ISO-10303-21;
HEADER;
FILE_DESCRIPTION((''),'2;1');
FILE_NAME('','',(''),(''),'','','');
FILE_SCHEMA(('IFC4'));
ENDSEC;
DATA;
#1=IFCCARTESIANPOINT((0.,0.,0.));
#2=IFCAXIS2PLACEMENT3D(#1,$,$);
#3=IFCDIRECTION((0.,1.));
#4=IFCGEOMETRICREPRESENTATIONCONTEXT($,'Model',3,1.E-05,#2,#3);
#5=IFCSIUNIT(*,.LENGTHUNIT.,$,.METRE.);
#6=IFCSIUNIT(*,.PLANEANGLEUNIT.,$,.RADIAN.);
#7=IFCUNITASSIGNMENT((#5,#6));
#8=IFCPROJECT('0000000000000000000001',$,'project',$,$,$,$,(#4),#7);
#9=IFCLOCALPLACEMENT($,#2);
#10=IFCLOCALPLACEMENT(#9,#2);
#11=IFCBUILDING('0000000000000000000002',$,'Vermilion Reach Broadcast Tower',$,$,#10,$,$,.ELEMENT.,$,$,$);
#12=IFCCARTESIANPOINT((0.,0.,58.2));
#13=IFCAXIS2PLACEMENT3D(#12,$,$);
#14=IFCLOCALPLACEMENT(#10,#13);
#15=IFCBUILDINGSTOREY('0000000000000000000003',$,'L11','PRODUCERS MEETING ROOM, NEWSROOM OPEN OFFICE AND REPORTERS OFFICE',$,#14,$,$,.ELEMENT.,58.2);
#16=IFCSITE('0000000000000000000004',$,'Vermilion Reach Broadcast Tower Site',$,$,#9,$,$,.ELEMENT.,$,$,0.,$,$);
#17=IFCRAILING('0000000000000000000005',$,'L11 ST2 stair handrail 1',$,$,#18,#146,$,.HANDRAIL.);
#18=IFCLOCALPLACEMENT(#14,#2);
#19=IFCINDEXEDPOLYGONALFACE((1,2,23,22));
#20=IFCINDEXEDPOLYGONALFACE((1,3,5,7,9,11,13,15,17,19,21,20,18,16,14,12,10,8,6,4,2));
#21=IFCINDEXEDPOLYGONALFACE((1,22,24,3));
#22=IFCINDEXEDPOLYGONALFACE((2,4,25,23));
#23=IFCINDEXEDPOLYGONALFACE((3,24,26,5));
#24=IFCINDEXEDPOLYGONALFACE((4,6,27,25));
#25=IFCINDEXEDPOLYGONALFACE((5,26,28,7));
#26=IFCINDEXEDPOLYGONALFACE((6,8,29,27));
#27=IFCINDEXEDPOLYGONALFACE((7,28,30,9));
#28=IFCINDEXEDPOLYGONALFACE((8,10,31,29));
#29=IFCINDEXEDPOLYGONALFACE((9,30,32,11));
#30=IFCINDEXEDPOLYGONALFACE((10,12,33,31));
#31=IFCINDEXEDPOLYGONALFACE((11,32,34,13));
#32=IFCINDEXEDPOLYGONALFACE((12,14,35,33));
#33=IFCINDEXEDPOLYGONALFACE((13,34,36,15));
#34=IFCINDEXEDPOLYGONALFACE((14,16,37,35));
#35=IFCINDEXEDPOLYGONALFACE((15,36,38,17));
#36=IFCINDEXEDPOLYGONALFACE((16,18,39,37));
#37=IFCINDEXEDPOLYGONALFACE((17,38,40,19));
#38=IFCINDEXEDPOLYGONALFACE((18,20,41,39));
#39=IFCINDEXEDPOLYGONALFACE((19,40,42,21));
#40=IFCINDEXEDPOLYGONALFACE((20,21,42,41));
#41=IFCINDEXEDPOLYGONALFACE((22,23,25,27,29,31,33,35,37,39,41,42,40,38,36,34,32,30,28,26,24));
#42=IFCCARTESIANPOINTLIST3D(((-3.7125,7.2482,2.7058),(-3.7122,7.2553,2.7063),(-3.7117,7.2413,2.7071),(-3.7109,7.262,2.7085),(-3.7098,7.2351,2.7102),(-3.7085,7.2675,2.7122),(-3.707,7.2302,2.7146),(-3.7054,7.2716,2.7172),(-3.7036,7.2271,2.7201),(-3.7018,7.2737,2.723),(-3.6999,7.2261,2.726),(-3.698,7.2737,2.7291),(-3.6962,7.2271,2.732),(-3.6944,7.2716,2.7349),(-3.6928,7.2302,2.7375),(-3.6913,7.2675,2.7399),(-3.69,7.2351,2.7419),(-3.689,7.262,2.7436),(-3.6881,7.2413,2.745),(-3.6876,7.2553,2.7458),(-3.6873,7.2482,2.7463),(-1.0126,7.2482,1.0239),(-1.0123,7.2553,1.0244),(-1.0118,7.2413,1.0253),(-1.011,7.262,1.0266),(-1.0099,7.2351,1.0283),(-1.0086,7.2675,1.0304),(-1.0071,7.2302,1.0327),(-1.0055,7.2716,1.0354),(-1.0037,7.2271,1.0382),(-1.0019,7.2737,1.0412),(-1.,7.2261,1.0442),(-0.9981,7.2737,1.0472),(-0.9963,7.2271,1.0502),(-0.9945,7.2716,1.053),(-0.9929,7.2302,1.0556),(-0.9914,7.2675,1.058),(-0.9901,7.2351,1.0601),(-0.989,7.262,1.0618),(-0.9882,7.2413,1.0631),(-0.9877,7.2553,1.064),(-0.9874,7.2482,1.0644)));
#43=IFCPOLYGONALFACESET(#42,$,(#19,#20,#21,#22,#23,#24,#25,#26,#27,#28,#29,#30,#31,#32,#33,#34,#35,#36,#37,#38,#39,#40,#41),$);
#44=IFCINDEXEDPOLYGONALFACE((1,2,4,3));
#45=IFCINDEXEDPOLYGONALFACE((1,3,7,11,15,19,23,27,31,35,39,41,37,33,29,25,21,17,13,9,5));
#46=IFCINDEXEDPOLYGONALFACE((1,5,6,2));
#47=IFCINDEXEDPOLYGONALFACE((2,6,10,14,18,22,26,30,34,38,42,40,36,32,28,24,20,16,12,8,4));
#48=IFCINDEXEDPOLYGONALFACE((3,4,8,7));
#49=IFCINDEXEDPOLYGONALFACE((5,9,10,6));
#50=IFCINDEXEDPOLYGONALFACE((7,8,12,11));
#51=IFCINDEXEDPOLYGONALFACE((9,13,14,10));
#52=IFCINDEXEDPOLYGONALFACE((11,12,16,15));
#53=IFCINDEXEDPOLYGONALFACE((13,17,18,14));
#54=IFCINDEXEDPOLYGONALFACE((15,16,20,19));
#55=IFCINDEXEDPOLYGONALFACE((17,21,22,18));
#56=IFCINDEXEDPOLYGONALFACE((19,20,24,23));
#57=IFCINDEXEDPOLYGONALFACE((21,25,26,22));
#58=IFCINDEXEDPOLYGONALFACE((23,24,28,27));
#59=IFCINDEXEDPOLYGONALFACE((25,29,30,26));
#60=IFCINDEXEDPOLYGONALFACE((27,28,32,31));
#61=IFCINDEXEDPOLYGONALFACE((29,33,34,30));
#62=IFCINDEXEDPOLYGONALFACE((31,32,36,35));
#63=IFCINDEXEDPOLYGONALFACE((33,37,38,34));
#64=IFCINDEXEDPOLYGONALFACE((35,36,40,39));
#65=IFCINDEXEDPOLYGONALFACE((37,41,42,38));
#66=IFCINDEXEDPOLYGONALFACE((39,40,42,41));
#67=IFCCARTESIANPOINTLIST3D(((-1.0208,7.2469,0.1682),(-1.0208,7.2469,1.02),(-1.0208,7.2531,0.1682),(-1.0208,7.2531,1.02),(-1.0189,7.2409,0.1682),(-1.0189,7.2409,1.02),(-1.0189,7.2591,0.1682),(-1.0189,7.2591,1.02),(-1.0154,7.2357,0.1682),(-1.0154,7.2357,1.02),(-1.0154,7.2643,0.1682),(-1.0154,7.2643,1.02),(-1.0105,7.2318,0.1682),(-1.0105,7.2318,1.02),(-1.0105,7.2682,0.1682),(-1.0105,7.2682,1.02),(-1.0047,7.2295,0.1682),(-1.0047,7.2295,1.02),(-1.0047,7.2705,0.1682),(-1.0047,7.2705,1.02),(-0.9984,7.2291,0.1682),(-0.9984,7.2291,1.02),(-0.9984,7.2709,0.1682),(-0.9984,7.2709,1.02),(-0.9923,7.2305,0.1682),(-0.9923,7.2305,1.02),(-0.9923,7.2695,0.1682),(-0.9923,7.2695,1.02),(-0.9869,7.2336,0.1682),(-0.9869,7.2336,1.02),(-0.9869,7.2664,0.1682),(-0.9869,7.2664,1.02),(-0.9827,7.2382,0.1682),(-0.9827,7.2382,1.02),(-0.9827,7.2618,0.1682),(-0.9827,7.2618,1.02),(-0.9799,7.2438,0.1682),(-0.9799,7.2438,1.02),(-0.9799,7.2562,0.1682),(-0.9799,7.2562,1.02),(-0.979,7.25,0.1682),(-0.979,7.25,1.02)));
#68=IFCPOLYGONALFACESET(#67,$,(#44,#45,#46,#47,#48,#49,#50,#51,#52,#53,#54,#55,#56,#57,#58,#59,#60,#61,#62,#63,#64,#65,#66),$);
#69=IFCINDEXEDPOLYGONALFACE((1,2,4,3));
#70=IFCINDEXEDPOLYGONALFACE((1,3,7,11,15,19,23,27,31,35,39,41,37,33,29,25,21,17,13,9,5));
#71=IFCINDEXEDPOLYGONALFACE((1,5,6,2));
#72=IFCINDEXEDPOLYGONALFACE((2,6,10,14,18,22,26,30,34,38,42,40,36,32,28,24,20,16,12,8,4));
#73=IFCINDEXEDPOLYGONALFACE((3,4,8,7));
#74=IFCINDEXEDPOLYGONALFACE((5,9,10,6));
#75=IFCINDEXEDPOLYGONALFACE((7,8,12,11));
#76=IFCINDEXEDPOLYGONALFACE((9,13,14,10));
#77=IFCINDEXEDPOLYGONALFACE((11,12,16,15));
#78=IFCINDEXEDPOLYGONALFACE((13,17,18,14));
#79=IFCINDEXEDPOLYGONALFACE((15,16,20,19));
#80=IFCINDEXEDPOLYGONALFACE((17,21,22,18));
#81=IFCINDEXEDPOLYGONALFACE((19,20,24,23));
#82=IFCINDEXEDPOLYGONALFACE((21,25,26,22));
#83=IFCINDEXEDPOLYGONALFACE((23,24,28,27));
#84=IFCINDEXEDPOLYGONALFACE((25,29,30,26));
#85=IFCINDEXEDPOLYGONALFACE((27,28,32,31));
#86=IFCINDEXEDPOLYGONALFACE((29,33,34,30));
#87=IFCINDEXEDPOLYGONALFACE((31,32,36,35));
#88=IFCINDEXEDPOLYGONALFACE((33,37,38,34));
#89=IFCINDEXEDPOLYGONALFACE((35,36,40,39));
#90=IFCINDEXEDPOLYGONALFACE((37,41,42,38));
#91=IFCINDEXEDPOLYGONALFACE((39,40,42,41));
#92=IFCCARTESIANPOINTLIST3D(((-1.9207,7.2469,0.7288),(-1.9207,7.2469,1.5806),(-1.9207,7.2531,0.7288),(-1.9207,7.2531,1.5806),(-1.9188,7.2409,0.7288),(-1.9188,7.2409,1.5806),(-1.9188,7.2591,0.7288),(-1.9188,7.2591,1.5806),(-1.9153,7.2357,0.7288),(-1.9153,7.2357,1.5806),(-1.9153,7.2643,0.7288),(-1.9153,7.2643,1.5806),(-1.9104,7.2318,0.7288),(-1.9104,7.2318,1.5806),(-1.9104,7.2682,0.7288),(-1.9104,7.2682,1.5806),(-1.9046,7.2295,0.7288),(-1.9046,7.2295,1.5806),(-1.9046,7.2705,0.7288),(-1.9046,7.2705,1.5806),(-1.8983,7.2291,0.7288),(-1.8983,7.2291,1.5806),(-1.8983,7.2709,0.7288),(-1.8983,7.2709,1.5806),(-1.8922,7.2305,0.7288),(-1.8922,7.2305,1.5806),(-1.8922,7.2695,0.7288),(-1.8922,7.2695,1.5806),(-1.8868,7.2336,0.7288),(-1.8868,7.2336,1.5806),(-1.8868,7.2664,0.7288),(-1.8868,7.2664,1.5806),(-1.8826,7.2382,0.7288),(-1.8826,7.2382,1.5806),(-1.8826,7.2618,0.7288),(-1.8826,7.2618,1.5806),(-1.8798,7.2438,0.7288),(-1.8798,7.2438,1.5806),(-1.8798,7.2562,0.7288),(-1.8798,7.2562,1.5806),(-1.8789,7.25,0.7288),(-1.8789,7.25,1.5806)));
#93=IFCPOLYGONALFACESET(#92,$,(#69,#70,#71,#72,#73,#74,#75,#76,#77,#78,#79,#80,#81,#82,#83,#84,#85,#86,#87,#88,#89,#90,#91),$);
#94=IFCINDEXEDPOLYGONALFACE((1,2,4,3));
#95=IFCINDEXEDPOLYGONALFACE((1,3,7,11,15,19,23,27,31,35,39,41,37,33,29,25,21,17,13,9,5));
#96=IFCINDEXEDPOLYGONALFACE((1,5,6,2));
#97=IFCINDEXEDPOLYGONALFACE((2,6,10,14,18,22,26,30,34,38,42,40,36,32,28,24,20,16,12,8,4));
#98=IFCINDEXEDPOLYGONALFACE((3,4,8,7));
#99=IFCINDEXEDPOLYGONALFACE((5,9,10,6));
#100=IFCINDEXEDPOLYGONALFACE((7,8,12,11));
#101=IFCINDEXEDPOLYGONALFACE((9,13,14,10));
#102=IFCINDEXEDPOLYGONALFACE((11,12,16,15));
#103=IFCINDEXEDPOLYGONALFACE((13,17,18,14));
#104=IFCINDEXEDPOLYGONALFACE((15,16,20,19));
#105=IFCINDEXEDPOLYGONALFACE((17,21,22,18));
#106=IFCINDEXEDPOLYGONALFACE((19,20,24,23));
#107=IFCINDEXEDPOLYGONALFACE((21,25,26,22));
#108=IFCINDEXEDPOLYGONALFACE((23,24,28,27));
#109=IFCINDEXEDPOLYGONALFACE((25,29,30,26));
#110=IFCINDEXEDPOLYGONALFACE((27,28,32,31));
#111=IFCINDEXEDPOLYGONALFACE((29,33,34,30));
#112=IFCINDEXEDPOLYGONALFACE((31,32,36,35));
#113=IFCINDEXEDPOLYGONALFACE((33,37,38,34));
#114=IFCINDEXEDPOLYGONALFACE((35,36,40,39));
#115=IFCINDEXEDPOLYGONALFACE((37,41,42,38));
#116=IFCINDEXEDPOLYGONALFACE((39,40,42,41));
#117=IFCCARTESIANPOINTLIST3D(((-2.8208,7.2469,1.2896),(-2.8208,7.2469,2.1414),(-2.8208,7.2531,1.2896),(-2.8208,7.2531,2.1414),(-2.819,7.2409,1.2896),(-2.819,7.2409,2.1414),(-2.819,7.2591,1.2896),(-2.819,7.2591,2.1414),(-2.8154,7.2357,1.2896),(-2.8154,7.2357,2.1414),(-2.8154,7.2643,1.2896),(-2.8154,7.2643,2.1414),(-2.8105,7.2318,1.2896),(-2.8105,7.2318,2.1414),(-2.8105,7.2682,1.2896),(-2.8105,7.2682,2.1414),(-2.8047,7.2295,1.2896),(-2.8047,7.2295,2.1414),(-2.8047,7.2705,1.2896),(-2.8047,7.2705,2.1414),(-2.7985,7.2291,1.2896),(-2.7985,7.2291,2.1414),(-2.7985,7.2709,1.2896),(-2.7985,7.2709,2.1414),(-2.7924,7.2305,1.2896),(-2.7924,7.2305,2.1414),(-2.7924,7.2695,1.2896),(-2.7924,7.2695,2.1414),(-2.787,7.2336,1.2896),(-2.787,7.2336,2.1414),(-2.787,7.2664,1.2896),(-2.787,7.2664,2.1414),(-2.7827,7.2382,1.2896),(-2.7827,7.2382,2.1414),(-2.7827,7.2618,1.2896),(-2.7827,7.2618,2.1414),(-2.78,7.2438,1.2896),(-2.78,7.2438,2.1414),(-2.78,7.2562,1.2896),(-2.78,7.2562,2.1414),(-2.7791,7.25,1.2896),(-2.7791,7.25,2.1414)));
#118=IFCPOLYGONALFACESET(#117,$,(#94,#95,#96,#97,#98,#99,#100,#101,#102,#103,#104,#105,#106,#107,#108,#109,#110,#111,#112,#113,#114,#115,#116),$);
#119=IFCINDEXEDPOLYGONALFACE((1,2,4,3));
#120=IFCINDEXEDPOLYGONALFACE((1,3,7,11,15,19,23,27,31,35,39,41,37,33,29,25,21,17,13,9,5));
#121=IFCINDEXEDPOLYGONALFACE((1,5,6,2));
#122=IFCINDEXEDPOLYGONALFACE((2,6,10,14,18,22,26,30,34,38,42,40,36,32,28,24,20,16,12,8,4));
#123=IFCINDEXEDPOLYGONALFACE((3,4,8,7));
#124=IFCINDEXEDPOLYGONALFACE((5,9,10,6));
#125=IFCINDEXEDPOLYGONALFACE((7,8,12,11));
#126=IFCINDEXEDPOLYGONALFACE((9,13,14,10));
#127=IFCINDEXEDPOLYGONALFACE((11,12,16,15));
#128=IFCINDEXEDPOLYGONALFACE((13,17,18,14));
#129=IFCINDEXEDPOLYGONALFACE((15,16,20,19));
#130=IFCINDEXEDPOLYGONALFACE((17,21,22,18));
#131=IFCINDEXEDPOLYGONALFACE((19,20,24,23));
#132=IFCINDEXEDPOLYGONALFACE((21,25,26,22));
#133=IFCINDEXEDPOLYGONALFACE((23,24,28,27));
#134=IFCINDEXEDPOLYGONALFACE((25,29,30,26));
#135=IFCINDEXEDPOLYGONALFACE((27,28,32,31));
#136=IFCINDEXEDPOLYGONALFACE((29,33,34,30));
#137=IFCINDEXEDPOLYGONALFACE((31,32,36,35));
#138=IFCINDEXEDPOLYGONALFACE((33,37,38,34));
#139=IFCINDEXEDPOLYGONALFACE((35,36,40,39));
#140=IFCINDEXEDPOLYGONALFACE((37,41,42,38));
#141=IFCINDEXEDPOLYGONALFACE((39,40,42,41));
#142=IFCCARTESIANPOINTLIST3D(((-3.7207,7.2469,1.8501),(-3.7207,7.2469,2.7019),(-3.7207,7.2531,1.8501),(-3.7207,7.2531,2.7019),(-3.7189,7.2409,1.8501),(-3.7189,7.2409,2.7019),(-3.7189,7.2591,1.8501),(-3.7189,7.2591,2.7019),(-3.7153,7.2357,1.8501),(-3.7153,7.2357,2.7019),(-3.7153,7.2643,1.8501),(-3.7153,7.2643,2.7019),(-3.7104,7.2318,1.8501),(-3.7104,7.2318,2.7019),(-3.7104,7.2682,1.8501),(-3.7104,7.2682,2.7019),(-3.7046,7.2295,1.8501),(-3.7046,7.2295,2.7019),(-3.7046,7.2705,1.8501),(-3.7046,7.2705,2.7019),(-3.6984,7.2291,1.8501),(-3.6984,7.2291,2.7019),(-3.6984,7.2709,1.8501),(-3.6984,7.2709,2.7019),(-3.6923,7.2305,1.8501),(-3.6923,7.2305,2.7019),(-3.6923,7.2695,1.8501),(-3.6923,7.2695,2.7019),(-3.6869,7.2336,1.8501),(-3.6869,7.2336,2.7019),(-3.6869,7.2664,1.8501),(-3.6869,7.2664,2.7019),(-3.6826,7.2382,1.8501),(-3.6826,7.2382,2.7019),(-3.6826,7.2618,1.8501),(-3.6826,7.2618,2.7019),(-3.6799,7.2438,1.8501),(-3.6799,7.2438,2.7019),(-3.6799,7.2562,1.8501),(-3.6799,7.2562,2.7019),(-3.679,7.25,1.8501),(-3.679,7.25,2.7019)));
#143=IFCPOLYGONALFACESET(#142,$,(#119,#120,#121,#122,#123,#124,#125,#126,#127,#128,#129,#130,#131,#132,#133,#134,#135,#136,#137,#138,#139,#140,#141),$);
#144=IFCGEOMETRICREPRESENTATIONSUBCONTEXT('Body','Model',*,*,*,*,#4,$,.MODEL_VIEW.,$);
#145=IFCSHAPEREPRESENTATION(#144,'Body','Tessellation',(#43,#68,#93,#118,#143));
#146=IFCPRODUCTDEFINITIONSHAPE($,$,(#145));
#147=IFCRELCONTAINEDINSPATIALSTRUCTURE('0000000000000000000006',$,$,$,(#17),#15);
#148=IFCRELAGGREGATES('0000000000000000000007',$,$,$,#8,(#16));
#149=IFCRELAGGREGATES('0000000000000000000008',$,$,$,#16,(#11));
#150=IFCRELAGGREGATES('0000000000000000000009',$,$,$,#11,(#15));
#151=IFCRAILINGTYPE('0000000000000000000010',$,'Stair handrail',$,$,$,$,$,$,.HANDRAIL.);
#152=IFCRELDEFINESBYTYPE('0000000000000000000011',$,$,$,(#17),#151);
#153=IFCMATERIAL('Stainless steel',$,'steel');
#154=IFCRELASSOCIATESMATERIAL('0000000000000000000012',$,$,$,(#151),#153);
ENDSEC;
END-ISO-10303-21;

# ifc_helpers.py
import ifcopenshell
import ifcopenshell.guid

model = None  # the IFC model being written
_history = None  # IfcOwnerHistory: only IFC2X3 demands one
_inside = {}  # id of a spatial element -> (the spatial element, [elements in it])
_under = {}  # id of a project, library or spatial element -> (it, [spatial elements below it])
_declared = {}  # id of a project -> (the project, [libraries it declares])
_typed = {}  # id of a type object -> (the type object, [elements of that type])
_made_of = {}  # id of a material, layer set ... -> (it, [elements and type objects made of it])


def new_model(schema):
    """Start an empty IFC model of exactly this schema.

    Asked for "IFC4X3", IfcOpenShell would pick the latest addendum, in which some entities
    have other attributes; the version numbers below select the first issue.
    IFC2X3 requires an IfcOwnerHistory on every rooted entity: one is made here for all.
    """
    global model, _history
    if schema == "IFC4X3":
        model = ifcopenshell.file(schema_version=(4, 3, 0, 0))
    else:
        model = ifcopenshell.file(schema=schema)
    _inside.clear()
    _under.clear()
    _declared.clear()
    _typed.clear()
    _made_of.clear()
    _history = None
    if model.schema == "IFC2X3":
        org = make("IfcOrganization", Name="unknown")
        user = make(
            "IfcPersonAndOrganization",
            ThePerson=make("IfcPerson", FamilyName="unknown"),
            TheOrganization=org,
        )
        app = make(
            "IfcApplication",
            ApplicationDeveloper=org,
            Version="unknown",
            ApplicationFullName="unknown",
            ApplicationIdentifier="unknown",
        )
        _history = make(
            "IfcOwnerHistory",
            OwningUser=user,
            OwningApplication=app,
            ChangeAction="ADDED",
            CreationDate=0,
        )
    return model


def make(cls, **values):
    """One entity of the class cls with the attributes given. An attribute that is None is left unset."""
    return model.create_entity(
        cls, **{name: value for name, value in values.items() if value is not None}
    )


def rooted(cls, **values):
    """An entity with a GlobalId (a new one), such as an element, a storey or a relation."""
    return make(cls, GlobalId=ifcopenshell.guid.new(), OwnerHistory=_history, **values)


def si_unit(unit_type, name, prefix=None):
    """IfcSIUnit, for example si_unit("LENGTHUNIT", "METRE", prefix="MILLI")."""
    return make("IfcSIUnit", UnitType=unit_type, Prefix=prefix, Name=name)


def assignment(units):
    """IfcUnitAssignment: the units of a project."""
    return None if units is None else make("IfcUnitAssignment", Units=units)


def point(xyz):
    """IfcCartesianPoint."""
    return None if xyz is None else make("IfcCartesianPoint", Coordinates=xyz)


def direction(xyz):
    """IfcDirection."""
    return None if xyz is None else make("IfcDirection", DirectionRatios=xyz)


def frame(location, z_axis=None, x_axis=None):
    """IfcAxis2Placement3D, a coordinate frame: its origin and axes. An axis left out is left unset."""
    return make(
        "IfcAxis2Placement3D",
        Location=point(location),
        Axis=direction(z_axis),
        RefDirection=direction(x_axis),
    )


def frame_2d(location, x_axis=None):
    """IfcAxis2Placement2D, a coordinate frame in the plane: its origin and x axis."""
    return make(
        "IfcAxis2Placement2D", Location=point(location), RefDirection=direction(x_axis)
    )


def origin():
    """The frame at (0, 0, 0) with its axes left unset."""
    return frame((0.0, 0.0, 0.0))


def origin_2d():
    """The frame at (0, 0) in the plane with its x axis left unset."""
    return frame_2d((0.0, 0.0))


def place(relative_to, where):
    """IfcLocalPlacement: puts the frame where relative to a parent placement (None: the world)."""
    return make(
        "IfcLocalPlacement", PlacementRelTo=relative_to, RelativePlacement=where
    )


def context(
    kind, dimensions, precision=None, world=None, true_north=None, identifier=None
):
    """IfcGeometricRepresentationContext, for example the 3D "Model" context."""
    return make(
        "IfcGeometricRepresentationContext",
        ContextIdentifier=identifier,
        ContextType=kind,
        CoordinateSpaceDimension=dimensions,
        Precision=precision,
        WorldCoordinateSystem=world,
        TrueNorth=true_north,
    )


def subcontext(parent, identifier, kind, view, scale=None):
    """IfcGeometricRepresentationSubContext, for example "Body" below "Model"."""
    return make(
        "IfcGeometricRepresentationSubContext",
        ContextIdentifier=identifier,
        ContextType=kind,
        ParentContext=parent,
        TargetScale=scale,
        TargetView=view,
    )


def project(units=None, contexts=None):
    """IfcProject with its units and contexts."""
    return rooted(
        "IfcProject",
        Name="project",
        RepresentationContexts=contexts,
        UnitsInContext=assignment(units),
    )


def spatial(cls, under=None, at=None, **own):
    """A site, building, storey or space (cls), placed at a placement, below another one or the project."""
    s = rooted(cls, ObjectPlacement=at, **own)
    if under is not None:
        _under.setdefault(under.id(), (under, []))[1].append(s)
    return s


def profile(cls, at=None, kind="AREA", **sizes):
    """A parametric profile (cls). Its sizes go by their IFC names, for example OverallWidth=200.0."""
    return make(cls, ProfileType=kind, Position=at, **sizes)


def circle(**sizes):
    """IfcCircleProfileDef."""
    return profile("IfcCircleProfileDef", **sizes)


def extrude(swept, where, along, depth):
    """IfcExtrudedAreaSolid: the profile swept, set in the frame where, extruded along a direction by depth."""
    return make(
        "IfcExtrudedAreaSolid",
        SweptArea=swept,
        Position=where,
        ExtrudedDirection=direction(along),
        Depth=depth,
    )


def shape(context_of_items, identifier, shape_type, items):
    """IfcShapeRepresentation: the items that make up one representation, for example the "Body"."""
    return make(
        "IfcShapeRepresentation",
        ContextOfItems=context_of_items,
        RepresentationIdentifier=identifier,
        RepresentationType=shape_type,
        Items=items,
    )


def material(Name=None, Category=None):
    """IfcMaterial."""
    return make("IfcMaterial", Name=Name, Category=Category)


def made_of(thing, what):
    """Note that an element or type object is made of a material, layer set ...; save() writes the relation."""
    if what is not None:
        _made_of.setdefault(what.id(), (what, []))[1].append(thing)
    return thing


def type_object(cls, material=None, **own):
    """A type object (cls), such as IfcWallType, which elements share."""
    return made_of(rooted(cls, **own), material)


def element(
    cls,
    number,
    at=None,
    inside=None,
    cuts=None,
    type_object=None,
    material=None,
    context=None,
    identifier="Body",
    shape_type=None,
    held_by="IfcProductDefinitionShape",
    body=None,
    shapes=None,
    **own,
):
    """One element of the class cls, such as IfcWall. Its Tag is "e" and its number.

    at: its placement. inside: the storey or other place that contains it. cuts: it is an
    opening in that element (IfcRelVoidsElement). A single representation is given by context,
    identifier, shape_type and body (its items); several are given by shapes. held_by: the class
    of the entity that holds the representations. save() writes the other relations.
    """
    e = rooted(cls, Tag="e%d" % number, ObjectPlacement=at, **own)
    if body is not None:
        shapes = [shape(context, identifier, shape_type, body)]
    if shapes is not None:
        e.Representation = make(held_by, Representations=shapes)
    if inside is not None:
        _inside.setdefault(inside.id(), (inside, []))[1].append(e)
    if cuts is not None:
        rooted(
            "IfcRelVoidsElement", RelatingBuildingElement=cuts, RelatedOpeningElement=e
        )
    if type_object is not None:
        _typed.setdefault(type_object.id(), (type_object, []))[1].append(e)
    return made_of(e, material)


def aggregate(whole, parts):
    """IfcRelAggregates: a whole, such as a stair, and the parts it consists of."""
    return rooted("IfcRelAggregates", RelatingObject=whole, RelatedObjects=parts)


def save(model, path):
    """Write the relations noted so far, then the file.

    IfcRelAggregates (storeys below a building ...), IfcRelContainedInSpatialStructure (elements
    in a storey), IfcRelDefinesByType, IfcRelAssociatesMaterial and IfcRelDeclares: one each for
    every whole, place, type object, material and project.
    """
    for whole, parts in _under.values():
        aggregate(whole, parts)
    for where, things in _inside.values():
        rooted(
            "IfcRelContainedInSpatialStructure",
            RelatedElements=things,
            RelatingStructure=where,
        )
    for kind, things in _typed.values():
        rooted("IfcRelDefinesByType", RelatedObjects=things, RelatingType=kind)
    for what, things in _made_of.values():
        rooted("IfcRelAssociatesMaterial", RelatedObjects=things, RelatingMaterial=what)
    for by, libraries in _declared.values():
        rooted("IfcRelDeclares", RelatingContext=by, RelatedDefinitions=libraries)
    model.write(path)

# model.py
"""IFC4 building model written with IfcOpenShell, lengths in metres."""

from ifc_helpers import new_model, si_unit, direction, frame, origin, origin_2d, place, context, subcontext, project, spatial, circle, extrude, material, type_object, element, save


model = new_model("IFC4")

# Units and contexts
model_context = context("Model", 3, precision=1e-05, world=origin(), true_north=direction((0.0, 1.0)))
body_context = subcontext(model_context, "Body", "Model", "MODEL_VIEW")
ifc_project = project(units=[si_unit("LENGTHUNIT", "METRE"), si_unit("PLANEANGLEUNIT", "RADIAN")], contexts=[model_context])

# Site, building, storey
site_placement = place(None, origin())
site = spatial("IfcSite", under=ifc_project, at=site_placement, Name="Vermilion Reach Broadcast Tower Site", CompositionType="ELEMENT", RefElevation=0.0)
building_placement = place(site_placement, origin())
building = spatial("IfcBuilding", under=site, at=building_placement, Name="Vermilion Reach Broadcast Tower", CompositionType="ELEMENT")
storey_placement = place(building_placement, frame((0.0, 0.0, 58.2)))
storey = spatial("IfcBuildingStorey", under=building, at=storey_placement, Name="L11", Description="PRODUCERS MEETING ROOM, NEWSROOM OPEN OFFICE AND REPORTERS OFFICE", CompositionType="ELEMENT", Elevation=58.2)

# Railing
ifc_material_1 = material(Name="Stainless steel", Category="steel")
railing_type_1 = type_object("IfcRailingType", Name="Stair handrail", PredefinedType="HANDRAIL", material=ifc_material_1)
railing_1_placement = place(storey_placement, frame((-1.0, 7.25, 0.1682)))
element("IfcRailing", 1, at=railing_1_placement, inside=storey, type_object=railing_type_1, Name="L11 ST2 stair handrail 1", PredefinedType="HANDRAIL", context=body_context, shape_type="SweptSolid", body=[
    extrude(circle(Radius=0.0239, at=origin_2d()), frame((0.0, 0.0, 0.876), z_axis=(-0.848786, 0.0, 0.528736), x_axis=(0.0, -1.0, 0.0)), (0.0, 0.0, 1.0), 3.1809),
    extrude(circle(Radius=0.021, at=origin_2d()), origin(), (0.0, 0.0, 1.0), 0.8518),
    extrude(circle(Radius=0.021, at=origin_2d()), frame((-0.8999, 0.0, 0.5605)), (0.0, 0.0, 1.0), 0.8518),
    extrude(circle(Radius=0.021, at=origin_2d()), frame((-1.8, 0.0, 1.1213)), (0.0, 0.0, 1.0), 0.8518),
    extrude(circle(Radius=0.021, at=origin_2d()), frame((-2.7, 0.0, 1.6819)), (0.0, 0.0, 1.0), 0.8518),
])

save(model, "model.ifc")
